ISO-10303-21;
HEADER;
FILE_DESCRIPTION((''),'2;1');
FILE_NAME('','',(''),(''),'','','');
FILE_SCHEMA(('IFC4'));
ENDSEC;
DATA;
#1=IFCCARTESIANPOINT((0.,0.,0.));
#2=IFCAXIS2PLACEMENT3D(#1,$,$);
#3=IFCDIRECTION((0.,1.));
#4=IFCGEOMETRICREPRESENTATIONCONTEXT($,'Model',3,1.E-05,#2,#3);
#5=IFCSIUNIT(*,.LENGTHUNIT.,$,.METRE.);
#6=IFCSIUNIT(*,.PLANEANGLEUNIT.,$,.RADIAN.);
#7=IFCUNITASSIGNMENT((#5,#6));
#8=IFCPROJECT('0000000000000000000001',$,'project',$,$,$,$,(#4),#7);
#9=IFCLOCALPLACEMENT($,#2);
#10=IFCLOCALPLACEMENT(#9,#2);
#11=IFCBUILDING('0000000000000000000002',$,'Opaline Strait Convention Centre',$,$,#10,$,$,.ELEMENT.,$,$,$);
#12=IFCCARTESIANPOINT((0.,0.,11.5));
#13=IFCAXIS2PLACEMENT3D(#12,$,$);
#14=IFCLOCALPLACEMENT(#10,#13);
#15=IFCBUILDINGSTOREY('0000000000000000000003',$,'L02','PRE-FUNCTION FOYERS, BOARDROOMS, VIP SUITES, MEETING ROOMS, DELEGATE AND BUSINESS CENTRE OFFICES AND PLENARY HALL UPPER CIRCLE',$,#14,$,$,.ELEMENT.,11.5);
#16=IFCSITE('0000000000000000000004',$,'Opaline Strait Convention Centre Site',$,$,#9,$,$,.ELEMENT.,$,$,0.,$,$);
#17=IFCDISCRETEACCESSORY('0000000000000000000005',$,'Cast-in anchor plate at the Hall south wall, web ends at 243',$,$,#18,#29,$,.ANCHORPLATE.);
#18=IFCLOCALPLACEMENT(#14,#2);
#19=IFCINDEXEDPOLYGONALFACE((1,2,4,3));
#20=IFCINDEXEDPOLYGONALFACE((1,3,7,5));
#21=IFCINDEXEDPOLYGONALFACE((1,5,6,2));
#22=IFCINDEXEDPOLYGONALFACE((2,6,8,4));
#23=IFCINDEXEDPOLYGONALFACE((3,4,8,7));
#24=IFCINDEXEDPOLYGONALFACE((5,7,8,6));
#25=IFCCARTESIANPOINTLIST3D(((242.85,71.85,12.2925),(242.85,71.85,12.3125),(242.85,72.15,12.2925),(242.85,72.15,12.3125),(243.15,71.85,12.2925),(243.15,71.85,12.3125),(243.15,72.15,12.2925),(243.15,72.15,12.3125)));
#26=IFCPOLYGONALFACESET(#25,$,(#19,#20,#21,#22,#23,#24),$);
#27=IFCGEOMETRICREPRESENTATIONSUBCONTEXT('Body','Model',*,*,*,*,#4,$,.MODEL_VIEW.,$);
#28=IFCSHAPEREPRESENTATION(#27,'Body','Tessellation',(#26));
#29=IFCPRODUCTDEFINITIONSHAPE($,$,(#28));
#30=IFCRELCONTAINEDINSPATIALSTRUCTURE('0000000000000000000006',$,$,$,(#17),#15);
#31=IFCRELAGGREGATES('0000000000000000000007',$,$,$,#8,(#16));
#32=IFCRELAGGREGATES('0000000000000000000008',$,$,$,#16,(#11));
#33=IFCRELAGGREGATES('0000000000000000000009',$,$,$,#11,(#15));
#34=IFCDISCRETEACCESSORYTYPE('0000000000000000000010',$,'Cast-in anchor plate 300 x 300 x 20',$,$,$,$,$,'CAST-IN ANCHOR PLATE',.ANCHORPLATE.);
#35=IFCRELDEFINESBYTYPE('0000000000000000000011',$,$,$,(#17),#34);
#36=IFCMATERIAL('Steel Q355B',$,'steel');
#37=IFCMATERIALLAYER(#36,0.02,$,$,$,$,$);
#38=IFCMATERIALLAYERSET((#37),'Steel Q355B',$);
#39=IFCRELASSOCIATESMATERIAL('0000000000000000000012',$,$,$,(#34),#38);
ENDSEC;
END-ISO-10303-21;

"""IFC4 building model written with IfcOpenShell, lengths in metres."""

from ifc_helpers import new_model, si_unit, direction, frame, origin, origin_2d, place, context, subcontext, project, spatial, rectangle, extrude, material, layer, layer_set, type_object, element, save


model = new_model("IFC4")

# Units and contexts
model_context = context("Model", 3, precision=1e-05, world=origin(), true_north=direction((0.0, 1.0)))
body_context = subcontext(model_context, "Body", "Model", "MODEL_VIEW")
ifc_project = project(units=[si_unit("LENGTHUNIT", "METRE"), si_unit("PLANEANGLEUNIT", "RADIAN")], contexts=[model_context])

# Site, building, storey
site_placement = place(None, origin())
site = spatial("IfcSite", under=ifc_project, at=site_placement, Name="Opaline Strait Convention Centre Site", CompositionType="ELEMENT", RefElevation=0.0)
building_placement = place(site_placement, origin())
building = spatial("IfcBuilding", under=site, at=building_placement, Name="Opaline Strait Convention Centre", CompositionType="ELEMENT")
storey_placement = place(building_placement, frame((0.0, 0.0, 11.5)))
storey = spatial("IfcBuildingStorey", under=building, at=storey_placement, Name="L02", Description="PRE-FUNCTION FOYERS, BOARDROOMS, VIP SUITES, MEETING ROOMS, DELEGATE AND BUSINESS CENTRE OFFICES AND PLENARY HALL UPPER CIRCLE", CompositionType="ELEMENT", Elevation=11.5)

# Shared definitions
ifc_material_1 = material(Name="Steel Q355B", Category="steel")

# Discrete accessory
ifc_layer_1 = layer(ifc_material_1, 0.02)
ifc_layer_set_1 = layer_set([ifc_layer_1], Name="Steel Q355B")
discrete_accessory_type = type_object("IfcDiscreteAccessoryType", Name="Cast-in anchor plate 300 x 300 x 20", ElementType="CAST-IN ANCHOR PLATE", PredefinedType="ANCHORPLATE", material=ifc_layer_set_1)
discrete_accessory_placement = place(storey_placement, frame((243.0, 72.0, 12.2925), z_axis=(0.0, 0.0, 1.0), x_axis=(1.0, 0.0, 0.0)))
element("IfcDiscreteAccessory", 1, at=discrete_accessory_placement, inside=storey, type_object=discrete_accessory_type, Name="Cast-in anchor plate at the Hall south wall, web ends at 243", PredefinedType="ANCHORPLATE", context=body_context, shape_type="SweptSolid", body=[
    extrude(rectangle(XDim=0.3, YDim=0.3, at=origin_2d()), origin(), (0.0, 0.0, 1.0), 0.02),
])

save(model, "model.ifc")
